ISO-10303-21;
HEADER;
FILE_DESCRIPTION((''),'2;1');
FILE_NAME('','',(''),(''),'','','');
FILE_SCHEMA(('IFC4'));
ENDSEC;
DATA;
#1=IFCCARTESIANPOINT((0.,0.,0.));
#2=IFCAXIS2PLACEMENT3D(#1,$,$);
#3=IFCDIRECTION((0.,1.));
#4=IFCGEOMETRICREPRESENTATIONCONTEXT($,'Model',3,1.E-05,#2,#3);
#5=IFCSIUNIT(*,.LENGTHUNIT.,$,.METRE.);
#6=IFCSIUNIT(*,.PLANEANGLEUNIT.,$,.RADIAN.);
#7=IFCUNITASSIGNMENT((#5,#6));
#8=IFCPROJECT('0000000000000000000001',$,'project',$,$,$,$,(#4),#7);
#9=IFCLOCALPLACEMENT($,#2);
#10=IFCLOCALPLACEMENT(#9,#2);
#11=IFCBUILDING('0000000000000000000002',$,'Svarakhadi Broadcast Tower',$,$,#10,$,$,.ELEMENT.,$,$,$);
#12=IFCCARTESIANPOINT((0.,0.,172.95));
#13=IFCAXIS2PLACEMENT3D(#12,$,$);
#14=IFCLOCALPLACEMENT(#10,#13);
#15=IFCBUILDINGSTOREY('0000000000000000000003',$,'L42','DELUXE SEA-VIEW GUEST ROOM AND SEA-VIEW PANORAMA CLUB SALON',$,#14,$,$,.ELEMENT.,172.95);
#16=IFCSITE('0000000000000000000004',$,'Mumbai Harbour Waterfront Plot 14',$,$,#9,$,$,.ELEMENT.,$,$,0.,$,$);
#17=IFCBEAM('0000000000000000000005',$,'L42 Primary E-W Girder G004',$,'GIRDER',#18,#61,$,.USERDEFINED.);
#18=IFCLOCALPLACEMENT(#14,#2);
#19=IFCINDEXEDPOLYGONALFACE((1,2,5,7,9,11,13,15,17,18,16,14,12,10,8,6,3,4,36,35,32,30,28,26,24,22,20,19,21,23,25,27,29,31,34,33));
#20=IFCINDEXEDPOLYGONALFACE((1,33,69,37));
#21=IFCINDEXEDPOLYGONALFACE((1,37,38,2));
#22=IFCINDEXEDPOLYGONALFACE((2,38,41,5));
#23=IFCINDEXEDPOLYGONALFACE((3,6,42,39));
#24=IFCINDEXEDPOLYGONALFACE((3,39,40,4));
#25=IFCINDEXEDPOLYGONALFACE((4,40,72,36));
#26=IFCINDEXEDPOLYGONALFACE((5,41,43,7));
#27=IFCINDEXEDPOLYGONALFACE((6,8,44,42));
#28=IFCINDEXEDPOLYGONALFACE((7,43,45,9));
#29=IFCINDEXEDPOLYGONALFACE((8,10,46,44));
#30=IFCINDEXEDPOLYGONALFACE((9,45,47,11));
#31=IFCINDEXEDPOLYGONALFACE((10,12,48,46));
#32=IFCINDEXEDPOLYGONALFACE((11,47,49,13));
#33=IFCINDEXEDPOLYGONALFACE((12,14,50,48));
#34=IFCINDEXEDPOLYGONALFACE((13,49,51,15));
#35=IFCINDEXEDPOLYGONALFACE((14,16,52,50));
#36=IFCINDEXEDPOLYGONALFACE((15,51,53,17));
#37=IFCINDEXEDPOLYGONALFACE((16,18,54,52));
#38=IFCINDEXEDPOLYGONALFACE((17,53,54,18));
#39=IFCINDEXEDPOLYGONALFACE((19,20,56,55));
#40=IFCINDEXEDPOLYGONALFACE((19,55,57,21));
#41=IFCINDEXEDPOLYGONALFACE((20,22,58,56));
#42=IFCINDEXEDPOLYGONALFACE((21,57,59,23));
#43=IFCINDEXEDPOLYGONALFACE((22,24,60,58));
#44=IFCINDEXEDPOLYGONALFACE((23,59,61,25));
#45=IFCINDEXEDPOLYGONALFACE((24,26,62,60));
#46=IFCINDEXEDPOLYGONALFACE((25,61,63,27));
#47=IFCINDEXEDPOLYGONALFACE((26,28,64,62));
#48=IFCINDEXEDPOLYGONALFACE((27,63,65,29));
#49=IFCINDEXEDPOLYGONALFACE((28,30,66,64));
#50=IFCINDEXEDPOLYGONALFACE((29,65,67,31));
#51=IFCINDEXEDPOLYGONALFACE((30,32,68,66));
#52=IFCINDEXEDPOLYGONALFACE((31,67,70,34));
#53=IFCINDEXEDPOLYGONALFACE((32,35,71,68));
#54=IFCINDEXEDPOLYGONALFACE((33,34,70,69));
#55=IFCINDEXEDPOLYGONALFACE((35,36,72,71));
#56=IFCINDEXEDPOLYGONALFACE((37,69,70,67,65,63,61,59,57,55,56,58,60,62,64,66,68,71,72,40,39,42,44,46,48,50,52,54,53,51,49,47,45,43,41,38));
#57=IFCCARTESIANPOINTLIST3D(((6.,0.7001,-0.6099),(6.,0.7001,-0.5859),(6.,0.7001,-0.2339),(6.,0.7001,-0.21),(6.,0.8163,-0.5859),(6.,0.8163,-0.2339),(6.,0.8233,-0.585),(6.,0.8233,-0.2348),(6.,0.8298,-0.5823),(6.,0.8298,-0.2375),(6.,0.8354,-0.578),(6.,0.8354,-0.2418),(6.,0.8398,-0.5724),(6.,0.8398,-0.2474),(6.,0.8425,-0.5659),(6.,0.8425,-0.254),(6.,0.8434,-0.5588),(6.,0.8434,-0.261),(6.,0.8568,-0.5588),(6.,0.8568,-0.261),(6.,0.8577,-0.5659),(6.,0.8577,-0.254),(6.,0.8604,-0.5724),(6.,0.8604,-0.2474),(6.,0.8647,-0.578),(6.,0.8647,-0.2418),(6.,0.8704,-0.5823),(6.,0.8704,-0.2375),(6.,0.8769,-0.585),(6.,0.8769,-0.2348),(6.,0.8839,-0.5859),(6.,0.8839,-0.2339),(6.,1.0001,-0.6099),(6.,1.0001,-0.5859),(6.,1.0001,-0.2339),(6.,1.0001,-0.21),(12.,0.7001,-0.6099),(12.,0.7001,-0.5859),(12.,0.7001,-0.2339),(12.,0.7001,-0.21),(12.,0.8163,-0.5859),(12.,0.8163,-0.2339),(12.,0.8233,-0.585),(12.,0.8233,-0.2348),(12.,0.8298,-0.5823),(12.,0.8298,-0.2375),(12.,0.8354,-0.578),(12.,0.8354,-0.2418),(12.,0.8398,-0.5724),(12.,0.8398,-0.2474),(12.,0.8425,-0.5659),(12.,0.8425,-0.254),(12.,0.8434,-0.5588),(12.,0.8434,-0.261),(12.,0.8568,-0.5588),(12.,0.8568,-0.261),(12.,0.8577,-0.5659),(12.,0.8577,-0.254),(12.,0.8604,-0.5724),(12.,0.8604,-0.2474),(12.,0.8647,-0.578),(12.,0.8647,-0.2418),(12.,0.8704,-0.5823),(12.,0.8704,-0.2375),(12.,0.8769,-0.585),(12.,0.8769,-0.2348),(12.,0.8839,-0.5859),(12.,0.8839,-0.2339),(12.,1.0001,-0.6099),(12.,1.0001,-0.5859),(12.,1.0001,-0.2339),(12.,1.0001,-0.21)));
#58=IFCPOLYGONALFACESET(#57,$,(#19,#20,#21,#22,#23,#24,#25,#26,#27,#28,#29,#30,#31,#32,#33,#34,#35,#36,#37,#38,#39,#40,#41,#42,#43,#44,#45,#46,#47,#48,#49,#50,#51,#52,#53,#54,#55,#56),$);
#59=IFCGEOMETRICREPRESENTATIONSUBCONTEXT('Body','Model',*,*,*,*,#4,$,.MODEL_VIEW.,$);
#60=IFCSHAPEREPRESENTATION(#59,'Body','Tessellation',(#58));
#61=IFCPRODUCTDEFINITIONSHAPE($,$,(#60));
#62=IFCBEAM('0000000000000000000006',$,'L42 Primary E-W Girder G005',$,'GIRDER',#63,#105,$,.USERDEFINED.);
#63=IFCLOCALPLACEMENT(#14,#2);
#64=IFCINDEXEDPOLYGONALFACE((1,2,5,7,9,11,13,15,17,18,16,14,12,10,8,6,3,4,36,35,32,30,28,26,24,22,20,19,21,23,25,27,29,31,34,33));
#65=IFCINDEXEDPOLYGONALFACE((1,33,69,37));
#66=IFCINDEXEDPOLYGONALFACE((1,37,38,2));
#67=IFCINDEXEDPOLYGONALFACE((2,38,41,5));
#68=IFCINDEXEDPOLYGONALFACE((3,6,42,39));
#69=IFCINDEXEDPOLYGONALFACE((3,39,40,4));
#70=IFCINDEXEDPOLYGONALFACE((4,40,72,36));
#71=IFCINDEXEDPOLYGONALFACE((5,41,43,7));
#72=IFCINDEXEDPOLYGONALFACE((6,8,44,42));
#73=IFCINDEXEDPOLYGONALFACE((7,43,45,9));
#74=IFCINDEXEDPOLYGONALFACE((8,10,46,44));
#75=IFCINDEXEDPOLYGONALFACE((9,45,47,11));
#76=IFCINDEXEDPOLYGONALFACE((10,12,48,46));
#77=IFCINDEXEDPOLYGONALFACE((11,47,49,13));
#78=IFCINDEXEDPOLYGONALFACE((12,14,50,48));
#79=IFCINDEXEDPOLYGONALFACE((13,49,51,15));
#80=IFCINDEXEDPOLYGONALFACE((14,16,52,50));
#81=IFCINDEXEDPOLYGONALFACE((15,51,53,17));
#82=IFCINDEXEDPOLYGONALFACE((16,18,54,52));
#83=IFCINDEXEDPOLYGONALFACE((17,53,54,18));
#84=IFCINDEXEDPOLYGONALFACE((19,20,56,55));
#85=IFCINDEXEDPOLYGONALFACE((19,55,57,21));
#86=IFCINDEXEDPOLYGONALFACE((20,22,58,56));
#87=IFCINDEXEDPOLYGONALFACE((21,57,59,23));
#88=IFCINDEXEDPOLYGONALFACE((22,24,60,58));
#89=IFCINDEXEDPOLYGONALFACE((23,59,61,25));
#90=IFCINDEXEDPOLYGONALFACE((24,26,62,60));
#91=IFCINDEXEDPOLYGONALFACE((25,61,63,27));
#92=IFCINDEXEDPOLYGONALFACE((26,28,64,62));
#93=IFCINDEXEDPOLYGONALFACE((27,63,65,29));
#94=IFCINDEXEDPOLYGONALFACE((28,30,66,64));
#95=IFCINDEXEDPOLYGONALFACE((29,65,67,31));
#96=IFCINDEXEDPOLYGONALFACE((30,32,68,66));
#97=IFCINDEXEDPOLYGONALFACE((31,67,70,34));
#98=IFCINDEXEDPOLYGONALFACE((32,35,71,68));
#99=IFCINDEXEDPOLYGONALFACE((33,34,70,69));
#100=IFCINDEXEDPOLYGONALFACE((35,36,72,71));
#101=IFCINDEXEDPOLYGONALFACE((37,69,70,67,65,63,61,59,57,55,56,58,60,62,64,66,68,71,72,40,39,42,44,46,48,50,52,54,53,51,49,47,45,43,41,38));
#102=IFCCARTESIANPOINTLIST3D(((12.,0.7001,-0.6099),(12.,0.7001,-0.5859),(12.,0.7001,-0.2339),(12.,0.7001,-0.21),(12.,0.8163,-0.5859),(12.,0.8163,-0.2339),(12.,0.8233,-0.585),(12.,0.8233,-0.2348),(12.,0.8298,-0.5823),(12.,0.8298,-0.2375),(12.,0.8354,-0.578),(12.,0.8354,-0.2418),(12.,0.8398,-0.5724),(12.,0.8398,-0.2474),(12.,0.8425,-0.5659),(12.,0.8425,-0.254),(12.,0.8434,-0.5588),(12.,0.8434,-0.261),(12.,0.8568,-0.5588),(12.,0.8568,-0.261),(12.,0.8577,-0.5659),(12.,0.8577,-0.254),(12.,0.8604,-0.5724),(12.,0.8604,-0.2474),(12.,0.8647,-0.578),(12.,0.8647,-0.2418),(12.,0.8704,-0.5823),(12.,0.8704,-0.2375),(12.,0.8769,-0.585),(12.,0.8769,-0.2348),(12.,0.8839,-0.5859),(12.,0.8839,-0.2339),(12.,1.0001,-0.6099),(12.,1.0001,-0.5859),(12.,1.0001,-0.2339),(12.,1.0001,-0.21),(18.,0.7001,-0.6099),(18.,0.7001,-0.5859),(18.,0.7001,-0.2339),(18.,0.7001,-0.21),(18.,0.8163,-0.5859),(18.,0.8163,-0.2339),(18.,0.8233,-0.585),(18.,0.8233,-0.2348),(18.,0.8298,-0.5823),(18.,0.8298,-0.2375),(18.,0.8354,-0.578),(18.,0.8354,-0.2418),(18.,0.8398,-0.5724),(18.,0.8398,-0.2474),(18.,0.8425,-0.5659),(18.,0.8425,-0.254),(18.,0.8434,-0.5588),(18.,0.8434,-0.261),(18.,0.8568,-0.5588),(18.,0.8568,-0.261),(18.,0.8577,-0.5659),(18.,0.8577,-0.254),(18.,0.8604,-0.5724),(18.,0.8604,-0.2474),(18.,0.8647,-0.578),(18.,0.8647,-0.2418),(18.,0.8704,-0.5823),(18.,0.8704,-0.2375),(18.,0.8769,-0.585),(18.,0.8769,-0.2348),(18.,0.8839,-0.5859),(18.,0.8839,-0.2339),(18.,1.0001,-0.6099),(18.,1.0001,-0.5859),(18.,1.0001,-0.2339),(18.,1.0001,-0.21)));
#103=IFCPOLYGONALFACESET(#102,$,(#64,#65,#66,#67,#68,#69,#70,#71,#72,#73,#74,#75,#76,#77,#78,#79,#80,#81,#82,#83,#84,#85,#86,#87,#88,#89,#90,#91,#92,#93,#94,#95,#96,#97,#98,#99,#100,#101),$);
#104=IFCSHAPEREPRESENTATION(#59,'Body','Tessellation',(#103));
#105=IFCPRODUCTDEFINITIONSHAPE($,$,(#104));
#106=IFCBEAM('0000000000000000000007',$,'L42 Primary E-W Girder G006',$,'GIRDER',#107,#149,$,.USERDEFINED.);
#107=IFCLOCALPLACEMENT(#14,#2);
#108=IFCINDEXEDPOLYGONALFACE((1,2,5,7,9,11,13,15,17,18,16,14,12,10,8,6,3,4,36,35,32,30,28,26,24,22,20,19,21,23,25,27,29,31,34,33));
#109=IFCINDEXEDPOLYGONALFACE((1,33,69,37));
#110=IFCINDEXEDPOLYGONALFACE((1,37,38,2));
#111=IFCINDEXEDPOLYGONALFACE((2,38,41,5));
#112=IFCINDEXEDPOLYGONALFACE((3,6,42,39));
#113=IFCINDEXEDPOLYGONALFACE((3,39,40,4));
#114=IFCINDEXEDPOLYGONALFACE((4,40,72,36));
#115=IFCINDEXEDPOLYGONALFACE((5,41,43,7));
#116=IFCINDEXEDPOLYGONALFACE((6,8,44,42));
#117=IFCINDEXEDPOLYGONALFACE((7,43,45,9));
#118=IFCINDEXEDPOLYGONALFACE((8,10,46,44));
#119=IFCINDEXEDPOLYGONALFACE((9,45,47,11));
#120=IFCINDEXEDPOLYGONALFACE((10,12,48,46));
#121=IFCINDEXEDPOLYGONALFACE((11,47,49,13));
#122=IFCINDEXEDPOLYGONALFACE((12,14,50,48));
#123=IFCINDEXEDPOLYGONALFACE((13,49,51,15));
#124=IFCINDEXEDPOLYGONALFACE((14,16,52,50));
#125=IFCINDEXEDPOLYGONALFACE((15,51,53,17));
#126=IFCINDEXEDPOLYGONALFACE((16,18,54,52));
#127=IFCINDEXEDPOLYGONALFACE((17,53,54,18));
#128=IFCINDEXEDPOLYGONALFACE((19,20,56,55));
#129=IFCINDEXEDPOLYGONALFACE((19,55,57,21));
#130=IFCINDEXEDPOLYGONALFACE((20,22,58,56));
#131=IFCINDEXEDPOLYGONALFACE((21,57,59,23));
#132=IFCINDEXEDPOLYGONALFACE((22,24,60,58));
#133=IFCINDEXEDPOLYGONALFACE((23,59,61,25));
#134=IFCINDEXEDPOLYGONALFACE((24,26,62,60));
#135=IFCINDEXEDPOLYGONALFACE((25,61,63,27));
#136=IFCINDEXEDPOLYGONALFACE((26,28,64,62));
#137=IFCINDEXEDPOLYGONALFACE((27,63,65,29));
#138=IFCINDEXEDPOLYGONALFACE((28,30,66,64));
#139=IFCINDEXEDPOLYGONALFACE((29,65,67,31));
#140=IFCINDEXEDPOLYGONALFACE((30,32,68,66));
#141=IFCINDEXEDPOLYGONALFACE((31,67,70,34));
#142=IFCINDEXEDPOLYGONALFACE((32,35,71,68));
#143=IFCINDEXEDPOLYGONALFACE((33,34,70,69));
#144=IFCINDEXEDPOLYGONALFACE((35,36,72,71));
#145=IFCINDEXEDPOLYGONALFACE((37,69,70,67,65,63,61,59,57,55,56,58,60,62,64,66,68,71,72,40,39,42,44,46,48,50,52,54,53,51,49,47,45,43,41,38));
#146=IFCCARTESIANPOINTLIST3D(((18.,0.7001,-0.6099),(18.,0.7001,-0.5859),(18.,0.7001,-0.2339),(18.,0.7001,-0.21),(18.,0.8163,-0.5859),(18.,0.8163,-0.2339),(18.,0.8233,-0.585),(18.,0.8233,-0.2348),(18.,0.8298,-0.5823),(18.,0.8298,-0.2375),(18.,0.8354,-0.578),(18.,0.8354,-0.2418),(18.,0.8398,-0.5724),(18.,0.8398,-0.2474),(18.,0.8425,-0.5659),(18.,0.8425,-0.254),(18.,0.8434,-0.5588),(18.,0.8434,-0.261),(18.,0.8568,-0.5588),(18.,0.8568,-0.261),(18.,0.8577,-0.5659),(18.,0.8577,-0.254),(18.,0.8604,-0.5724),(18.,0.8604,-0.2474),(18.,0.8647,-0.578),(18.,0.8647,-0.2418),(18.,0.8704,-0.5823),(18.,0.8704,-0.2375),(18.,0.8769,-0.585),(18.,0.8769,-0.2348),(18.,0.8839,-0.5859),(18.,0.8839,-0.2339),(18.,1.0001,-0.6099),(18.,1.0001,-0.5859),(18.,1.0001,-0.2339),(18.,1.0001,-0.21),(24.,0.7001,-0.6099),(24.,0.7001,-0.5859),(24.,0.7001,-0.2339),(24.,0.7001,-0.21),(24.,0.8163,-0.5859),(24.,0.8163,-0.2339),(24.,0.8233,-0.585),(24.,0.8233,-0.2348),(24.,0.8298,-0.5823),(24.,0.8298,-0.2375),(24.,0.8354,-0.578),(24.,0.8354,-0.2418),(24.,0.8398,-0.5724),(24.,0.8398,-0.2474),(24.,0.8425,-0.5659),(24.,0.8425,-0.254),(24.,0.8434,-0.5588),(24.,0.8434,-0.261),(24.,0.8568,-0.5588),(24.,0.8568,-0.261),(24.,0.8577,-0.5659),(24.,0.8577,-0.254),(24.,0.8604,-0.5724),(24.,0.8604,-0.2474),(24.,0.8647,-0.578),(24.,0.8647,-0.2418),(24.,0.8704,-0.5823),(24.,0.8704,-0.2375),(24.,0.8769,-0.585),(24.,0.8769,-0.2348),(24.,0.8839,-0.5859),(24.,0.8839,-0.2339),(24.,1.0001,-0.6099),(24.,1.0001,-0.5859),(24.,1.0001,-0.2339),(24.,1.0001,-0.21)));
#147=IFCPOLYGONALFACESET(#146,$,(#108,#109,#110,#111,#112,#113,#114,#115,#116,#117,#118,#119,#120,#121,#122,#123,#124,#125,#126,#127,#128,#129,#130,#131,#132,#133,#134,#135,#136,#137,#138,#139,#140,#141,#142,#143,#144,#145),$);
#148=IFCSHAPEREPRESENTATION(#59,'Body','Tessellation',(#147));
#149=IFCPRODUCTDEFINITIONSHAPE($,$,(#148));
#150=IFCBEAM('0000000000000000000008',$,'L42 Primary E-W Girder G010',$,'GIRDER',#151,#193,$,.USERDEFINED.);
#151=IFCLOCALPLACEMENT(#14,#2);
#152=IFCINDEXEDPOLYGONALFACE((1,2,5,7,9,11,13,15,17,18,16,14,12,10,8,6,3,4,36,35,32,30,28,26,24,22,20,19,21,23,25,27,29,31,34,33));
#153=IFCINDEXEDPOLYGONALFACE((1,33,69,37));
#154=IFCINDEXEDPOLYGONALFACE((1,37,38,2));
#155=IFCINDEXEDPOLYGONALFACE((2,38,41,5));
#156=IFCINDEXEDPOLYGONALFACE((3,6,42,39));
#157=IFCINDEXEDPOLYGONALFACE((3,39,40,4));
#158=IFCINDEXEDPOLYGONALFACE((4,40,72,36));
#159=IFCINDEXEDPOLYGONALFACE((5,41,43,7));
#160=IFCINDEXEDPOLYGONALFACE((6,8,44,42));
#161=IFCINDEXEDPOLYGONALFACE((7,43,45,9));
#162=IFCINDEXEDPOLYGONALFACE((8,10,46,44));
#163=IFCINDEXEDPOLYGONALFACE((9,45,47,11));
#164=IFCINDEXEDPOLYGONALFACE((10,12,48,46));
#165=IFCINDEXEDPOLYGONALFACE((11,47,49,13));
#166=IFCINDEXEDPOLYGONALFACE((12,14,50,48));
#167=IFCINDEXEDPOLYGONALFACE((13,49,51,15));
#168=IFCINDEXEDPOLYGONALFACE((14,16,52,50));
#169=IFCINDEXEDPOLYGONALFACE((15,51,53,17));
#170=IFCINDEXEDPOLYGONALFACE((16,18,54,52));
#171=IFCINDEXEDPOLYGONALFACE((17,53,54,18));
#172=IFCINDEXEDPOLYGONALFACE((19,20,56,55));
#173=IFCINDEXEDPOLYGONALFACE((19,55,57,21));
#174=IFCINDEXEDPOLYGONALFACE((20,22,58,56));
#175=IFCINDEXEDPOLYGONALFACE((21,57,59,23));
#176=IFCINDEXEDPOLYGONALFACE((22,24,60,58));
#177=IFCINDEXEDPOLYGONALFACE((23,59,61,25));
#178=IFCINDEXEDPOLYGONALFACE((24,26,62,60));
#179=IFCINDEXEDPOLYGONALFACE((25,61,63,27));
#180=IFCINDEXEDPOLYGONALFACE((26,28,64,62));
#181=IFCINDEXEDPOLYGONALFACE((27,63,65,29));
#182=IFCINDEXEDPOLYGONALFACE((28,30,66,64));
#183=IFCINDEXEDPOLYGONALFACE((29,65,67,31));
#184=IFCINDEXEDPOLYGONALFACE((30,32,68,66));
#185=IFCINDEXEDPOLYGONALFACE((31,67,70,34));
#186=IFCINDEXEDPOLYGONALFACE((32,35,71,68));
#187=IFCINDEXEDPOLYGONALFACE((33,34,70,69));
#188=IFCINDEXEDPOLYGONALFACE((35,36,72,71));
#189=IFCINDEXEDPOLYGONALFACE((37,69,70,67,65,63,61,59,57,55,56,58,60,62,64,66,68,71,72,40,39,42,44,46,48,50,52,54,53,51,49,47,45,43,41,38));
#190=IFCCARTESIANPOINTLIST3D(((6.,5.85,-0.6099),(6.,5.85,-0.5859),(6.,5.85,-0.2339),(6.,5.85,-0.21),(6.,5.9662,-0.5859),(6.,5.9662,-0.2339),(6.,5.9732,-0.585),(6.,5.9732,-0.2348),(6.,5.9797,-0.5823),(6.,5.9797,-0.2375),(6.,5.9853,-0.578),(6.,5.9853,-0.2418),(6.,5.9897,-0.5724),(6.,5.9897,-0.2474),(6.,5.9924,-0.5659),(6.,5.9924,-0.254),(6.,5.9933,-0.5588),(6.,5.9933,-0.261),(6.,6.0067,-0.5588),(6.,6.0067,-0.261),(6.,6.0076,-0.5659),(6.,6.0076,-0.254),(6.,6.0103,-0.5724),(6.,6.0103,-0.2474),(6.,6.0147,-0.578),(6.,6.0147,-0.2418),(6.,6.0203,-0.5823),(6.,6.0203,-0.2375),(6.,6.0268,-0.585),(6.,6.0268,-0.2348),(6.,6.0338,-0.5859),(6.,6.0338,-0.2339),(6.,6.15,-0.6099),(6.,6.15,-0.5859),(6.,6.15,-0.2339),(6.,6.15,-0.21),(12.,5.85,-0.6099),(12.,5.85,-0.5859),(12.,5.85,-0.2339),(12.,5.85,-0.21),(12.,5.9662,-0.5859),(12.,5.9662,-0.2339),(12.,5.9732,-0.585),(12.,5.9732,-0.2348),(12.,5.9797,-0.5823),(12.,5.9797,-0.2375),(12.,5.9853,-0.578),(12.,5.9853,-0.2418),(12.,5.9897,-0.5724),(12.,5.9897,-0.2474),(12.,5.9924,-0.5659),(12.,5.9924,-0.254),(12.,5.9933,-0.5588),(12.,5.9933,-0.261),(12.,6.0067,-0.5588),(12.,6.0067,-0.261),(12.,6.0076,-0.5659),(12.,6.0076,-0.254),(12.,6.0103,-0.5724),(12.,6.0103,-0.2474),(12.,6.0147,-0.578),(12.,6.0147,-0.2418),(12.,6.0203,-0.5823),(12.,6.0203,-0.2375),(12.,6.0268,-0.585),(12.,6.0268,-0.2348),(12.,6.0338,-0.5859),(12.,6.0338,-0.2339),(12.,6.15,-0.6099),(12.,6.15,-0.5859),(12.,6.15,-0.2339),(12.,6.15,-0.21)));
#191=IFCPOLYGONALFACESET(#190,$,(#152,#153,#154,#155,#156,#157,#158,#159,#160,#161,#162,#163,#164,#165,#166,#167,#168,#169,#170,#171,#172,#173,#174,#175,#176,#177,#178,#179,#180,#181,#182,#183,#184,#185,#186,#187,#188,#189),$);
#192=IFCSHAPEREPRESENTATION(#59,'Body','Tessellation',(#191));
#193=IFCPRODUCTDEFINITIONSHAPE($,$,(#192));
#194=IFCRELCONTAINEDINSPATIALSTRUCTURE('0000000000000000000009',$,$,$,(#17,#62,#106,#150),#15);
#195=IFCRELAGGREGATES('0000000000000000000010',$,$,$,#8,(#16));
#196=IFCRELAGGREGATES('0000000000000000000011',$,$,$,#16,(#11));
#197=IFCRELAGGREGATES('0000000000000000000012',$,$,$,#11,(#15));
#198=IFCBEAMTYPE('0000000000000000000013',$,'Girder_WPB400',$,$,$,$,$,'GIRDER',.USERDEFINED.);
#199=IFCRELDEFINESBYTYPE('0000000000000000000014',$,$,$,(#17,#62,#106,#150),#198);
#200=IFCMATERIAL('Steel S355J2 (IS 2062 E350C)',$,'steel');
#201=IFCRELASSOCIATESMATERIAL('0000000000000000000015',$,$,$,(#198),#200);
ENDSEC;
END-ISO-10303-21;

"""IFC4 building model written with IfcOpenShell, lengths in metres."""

from ifc_helpers import new_model, si_unit, direction, frame, origin, origin_2d, place, context, subcontext, project, spatial, i_section, extrude, material, material_profile, profile_set, type_object, element, save


model = new_model("IFC4")

# Units and contexts
model_context = context("Model", 3, precision=1e-05, world=origin(), true_north=direction((0.0, 1.0)))
body_context = subcontext(model_context, "Body", "Model", "MODEL_VIEW")
ifc_project = project(units=[si_unit("LENGTHUNIT", "METRE"), si_unit("PLANEANGLEUNIT", "RADIAN")], contexts=[model_context])

# Site, building, storey
site_placement = place(None, origin())
site = spatial("IfcSite", under=ifc_project, at=site_placement, Name="Mumbai Harbour Waterfront Plot 14", CompositionType="ELEMENT", RefElevation=0.0)
building_placement = place(site_placement, origin())
building = spatial("IfcBuilding", under=site, at=building_placement, Name="Svarakhadi Broadcast Tower", CompositionType="ELEMENT")
storey_placement = place(building_placement, frame((0.0, 0.0, 172.95)))
storey = spatial("IfcBuildingStorey", under=building, at=storey_placement, Name="L42", Description="DELUXE SEA-VIEW GUEST ROOM AND SEA-VIEW PANORAMA CLUB SALON", CompositionType="ELEMENT", Elevation=172.95)

# Shared definitions
ifc_material_1 = material(Name="Steel S355J2 (IS 2062 E350C)", Category="steel")

# Beams
ifc_material_profile_1 = material_profile(ifc_material_1, i_section(OverallWidth=0.3, OverallDepth=0.3999, WebThickness=0.0134, FlangeThickness=0.0239, FilletRadius=0.0271, at=origin_2d()), Name="WPB 400x300x155")
ifc_profile_set_1 = profile_set([ifc_material_profile_1], Name="Steel S355J2 (IS 2062 E350C)")
beam_type_1 = type_object("IfcBeamType", Name="Girder_WPB400", ElementType="GIRDER", PredefinedType="USERDEFINED", material=ifc_profile_set_1)
for number, where, z_axis, x_axis, name in (
    (1, (6.0, 0.8501, -0.4099), (1.0, 0.0, 0.0), (0.0, 1.0, 0.0), "L42 Primary E-W Girder G004"),
    (2, (12.0, 0.8501, -0.4099), (1.0, 0.0, 0.0), (0.0, 1.0, 0.0), "L42 Primary E-W Girder G005"),
    (3, (18.0, 0.8501, -0.4099), (1.0, 0.0, 0.0), (0.0, 1.0, 0.0), "L42 Primary E-W Girder G006"),
    (4, (6.0, 6.0, -0.4099), (1.0, 0.0, 0.0), (0.0, 1.0, 0.0), "L42 Primary E-W Girder G010"),
):
    element("IfcBeam", number, at=place(storey_placement, frame(where, z_axis=z_axis, x_axis=x_axis)), inside=storey, type_object=beam_type_1, Name=name, ObjectType="GIRDER", PredefinedType="USERDEFINED", context=body_context, shape_type="SweptSolid", body=[
        extrude(i_section(OverallWidth=0.3, OverallDepth=0.3999, WebThickness=0.0134, FlangeThickness=0.0239, FilletRadius=0.0271, at=origin_2d()), origin(), (0.0, 0.0, 1.0), 6.0),
    ])

save(model, "model.ifc")
